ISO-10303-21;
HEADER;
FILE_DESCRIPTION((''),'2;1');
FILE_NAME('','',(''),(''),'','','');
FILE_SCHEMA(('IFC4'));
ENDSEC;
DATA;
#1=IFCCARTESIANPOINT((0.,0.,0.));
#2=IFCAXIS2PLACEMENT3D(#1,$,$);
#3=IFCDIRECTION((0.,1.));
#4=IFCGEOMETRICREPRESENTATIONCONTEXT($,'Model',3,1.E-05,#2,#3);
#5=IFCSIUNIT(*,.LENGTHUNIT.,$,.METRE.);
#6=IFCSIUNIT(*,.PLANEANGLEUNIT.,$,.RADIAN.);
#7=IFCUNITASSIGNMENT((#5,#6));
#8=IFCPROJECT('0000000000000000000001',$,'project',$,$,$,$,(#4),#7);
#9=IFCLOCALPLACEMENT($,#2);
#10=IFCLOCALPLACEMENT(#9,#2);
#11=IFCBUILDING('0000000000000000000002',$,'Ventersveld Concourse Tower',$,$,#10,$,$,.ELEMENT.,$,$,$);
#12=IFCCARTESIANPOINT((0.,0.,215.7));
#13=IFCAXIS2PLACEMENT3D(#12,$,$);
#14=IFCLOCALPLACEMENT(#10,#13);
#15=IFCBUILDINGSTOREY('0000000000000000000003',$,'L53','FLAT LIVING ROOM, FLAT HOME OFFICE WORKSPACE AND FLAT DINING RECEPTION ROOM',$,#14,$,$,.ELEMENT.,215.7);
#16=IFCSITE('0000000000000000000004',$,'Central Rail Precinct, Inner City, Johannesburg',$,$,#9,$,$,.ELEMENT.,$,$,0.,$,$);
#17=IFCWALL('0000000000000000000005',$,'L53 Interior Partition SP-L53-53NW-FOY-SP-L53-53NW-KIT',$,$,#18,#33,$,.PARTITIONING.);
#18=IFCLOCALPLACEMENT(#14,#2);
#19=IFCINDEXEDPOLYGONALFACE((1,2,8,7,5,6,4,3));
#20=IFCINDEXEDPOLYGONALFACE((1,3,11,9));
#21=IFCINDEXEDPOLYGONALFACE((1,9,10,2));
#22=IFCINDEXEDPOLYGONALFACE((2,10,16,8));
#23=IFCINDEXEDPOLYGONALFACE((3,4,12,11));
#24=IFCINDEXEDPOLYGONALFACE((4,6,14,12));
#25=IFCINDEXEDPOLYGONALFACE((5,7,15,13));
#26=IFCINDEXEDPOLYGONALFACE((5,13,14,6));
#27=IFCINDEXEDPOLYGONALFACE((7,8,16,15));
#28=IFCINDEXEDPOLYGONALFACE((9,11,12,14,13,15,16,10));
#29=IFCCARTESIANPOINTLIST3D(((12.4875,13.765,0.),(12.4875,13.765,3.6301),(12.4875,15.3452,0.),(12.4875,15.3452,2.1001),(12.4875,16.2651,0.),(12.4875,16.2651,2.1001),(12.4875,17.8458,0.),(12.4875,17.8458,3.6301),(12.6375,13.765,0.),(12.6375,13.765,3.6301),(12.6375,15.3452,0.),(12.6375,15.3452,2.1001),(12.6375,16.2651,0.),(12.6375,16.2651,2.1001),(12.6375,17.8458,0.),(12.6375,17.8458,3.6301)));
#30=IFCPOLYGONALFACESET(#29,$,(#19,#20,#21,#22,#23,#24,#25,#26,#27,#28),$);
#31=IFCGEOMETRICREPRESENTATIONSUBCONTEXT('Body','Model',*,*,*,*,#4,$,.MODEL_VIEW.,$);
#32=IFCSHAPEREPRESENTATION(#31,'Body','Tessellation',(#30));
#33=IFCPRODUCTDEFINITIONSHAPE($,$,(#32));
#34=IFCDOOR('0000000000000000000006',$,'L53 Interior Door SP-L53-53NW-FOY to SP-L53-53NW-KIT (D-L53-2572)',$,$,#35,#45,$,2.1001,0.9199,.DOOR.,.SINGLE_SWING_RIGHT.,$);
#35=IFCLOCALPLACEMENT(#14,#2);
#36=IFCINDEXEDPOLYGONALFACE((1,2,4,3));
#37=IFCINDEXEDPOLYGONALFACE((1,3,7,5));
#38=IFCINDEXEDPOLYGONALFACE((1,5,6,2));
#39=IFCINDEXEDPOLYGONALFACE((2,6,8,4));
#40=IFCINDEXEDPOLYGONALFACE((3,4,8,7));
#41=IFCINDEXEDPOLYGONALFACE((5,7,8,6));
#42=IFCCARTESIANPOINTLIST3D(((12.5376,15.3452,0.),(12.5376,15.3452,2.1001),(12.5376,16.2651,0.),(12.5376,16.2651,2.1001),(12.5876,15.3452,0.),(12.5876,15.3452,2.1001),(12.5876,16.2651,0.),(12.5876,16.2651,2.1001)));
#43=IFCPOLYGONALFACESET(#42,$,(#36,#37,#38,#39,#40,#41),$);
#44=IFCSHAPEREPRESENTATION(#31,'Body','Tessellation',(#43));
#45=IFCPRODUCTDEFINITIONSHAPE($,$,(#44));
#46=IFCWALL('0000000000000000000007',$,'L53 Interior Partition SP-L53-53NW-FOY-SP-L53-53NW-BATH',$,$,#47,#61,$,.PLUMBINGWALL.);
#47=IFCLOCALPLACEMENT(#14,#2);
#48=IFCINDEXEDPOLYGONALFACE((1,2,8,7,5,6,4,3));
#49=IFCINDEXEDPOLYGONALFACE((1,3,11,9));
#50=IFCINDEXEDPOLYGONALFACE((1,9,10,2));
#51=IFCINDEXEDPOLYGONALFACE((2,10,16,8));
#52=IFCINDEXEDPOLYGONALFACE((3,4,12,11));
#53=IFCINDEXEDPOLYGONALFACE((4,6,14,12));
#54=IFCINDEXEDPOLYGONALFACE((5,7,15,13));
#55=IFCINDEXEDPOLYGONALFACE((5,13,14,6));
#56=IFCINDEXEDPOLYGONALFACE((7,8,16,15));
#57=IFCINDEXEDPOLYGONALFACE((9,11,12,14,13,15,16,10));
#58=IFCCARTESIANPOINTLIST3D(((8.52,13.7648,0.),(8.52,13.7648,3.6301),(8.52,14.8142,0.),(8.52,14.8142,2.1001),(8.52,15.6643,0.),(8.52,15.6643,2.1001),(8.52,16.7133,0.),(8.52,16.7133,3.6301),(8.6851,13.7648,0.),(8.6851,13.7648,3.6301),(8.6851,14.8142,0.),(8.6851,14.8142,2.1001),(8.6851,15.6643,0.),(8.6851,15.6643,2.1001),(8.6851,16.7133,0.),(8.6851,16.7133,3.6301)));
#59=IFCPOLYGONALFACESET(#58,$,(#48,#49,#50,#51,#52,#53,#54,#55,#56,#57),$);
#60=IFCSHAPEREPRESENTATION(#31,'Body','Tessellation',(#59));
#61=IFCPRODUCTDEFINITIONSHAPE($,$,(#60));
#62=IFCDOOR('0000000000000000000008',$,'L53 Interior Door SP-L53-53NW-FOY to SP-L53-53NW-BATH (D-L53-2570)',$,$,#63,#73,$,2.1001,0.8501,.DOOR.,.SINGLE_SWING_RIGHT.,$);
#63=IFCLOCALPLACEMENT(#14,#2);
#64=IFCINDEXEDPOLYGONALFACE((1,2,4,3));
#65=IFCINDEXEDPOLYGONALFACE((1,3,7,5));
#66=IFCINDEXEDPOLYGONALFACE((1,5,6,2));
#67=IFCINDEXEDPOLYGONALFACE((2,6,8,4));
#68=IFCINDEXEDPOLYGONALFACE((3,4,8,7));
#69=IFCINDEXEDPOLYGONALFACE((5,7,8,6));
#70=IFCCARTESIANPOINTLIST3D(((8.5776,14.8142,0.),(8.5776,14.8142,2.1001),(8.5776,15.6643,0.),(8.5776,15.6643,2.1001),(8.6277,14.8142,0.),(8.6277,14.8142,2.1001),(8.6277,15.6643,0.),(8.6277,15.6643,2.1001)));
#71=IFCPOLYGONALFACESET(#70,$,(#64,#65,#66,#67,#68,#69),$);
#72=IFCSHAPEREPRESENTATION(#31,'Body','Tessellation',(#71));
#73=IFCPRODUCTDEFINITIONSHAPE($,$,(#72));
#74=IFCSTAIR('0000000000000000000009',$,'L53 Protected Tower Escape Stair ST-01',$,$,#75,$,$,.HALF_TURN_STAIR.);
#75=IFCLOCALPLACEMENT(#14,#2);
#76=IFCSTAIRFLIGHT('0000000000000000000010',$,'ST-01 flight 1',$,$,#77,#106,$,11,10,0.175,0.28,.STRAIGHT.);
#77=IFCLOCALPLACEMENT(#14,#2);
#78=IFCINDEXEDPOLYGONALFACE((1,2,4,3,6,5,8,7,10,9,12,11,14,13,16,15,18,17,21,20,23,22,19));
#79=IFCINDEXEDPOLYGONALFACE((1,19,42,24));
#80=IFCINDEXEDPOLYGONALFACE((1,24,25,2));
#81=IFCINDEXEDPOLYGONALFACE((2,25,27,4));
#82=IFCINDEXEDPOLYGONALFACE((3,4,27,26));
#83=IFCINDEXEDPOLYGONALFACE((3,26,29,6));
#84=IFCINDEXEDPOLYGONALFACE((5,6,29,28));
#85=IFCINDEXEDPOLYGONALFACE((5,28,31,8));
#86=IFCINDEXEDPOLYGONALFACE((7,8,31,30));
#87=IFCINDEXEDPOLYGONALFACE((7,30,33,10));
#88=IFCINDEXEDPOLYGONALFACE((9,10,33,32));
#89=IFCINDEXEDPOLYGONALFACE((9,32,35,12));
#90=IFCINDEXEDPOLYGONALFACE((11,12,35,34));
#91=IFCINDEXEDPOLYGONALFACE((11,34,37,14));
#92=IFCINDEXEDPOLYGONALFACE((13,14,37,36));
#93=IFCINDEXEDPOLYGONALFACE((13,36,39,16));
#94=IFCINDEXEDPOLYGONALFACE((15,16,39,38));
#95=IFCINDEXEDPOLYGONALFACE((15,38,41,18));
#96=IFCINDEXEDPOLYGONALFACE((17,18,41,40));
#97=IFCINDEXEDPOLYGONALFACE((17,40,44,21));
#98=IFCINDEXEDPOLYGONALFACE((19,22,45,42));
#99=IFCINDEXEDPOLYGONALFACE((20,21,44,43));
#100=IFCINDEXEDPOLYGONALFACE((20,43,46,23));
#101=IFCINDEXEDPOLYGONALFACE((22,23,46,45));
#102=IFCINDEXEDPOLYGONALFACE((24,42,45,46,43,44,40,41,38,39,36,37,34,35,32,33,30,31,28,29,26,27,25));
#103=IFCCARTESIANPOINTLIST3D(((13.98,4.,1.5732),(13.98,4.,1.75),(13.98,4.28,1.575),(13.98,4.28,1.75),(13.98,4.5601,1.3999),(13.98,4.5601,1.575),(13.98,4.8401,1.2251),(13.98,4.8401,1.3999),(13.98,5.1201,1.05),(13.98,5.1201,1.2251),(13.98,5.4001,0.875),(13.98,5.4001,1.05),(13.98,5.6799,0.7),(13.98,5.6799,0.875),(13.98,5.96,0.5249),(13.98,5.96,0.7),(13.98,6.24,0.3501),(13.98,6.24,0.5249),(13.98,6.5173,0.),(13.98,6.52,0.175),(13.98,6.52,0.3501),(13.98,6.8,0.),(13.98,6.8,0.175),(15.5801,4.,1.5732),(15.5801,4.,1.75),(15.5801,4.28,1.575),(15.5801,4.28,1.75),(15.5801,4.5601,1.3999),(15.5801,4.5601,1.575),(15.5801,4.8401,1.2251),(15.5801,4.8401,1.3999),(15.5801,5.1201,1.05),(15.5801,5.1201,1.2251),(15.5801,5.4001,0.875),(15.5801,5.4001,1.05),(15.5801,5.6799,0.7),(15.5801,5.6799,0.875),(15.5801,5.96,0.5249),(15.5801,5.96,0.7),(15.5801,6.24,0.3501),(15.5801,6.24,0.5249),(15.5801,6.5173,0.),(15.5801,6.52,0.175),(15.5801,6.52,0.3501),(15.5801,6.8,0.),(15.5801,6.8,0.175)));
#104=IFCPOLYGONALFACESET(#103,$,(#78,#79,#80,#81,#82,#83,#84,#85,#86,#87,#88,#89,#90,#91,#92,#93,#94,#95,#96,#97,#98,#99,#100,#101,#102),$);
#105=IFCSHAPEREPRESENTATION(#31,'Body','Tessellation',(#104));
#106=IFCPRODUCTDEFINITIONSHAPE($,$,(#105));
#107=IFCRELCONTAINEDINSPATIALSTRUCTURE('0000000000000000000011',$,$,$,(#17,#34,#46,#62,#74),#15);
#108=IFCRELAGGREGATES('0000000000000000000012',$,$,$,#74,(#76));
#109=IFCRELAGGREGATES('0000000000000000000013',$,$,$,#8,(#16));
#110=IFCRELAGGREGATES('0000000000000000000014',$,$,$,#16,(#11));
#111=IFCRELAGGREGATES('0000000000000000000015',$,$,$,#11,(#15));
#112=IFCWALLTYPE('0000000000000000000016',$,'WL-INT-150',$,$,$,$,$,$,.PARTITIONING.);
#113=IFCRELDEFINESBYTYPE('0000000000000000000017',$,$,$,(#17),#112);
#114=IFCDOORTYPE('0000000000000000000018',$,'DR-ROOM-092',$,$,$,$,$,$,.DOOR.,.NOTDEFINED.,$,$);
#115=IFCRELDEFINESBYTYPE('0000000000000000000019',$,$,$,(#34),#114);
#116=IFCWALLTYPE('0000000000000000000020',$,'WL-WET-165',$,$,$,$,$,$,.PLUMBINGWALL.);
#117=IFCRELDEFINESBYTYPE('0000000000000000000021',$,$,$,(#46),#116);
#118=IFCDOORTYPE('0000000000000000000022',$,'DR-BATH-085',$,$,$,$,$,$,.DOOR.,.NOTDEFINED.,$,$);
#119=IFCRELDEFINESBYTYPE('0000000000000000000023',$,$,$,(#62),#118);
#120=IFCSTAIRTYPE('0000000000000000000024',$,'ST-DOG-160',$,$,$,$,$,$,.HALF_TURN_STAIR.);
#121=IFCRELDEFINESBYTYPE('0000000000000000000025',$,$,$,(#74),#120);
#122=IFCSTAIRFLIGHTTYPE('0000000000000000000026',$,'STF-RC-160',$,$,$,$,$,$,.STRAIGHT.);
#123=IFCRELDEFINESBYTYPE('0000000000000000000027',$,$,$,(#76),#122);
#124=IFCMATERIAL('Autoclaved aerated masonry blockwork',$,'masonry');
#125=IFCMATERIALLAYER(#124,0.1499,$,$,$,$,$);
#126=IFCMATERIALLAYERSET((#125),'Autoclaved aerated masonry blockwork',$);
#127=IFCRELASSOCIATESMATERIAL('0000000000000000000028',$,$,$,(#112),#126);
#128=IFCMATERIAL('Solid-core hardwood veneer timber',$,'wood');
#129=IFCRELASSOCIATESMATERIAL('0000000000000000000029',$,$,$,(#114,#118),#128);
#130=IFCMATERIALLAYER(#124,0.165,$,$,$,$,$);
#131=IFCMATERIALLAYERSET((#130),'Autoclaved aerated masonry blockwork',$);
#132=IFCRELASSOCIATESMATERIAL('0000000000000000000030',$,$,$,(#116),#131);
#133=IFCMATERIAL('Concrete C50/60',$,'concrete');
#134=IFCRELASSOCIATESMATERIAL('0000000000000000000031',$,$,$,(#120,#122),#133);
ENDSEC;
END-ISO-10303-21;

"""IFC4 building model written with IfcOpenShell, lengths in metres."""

from ifc_helpers import new_model, si_unit, direction, frame, frame_2d, origin, place, context, subcontext, project, spatial, polyline, rectangle, outline, extrude, material, layer, layer_set, type_object, element, fill, aggregate, save


model = new_model("IFC4")

# Units and contexts
model_context = context("Model", 3, precision=1e-05, world=origin(), true_north=direction((0.0, 1.0)))
body_context = subcontext(model_context, "Body", "Model", "MODEL_VIEW")
ifc_project = project(units=[si_unit("LENGTHUNIT", "METRE"), si_unit("PLANEANGLEUNIT", "RADIAN")], contexts=[model_context])

# Site, building, storey
site_placement = place(None, origin())
site = spatial("IfcSite", under=ifc_project, at=site_placement, Name="Central Rail Precinct, Inner City, Johannesburg", CompositionType="ELEMENT", RefElevation=0.0)
building_placement = place(site_placement, origin())
building = spatial("IfcBuilding", under=site, at=building_placement, Name="Ventersveld Concourse Tower", CompositionType="ELEMENT")
storey_placement = place(building_placement, frame((0.0, 0.0, 215.7)))
storey = spatial("IfcBuildingStorey", under=building, at=storey_placement, Name="L53", Description="FLAT LIVING ROOM, FLAT HOME OFFICE WORKSPACE AND FLAT DINING RECEPTION ROOM", CompositionType="ELEMENT", Elevation=215.7)

# Shared definitions
ifc_material_1 = material(Name="Concrete C50/60", Category="concrete")

# Walls, openings, doors
ifc_material_2 = material(Name="Autoclaved aerated masonry blockwork", Category="masonry")
ifc_layer_1 = layer(ifc_material_2, 0.1499)
ifc_layer_set_1 = layer_set([ifc_layer_1], Name="Autoclaved aerated masonry blockwork")
wall_type_1 = type_object("IfcWallType", Name="WL-INT-150", PredefinedType="PARTITIONING", material=ifc_layer_set_1)
wall_1_placement = place(storey_placement, frame((12.5625, 13.7649, 0.0), z_axis=(0.0, 0.0, 1.0), x_axis=(0.0, 1.0, 0.0)))
wall_1 = element("IfcWall", 1, at=wall_1_placement, inside=storey, type_object=wall_type_1, Name="L53 Interior Partition SP-L53-53NW-FOY-SP-L53-53NW-KIT", PredefinedType="PARTITIONING", context=body_context, shape_type="SweptSolid", body=[
    extrude(rectangle(XDim=4.0808, YDim=0.1499, at=frame_2d((2.0405, 0.0))), origin(), (0.0, 0.0, 1.0), 3.6301),
])
opening_1_placement = place(wall_1_placement, frame((1.5803, 0.0, 0.0)))
opening_1 = element("IfcOpeningElement", 2, at=opening_1_placement, cuts=wall_1, PredefinedType="OPENING", context=body_context, shape_type="SweptSolid", body=[
    extrude(rectangle(XDim=0.9199, YDim=2.1001, at=frame_2d((0.46, 1.05))), frame((0.0, 0.085, 0.0), z_axis=(0.0, -1.0, 0.0), x_axis=(1.0, 0.0, 0.0)), (0.0, 0.0, 1.0), 0.1699),
])
ifc_material_3 = material(Name="Solid-core hardwood veneer timber", Category="wood")
door_type_1 = type_object("IfcDoorType", Name="DR-ROOM-092", OperationType="NOTDEFINED", PredefinedType="DOOR", material=ifc_material_3)
door_1_placement = place(opening_1_placement, origin())
door_1 = element("IfcDoor", 3, at=door_1_placement, inside=storey, type_object=door_type_1, Name="L53 Interior Door SP-L53-53NW-FOY to SP-L53-53NW-KIT (D-L53-2572)", OperationType="SINGLE_SWING_RIGHT", OverallHeight=2.1001, OverallWidth=0.9199, PredefinedType="DOOR", context=body_context, shape_type="SweptSolid", body=[
    extrude(rectangle(XDim=0.9199, YDim=2.1001, at=frame_2d((0.46, 1.05))), frame((0.0, 0.0249, 0.0), z_axis=(0.0, -1.0, 0.0), x_axis=(1.0, 0.0, 0.0)), (0.0, 0.0, 1.0), 0.05),
])
fill(opening_1, door_1)
ifc_layer_2 = layer(ifc_material_2, 0.165)
ifc_layer_set_2 = layer_set([ifc_layer_2], Name="Autoclaved aerated masonry blockwork")
wall_type_2 = type_object("IfcWallType", Name="WL-WET-165", PredefinedType="PLUMBINGWALL", material=ifc_layer_set_2)
wall_2_placement = place(storey_placement, frame((8.6025, 13.7649, 0.0), z_axis=(0.0, 0.0, 1.0), x_axis=(0.0, 1.0, 0.0)))
wall_2 = element("IfcWall", 4, at=wall_2_placement, inside=storey, type_object=wall_type_2, Name="L53 Interior Partition SP-L53-53NW-FOY-SP-L53-53NW-BATH", PredefinedType="PLUMBINGWALL", context=body_context, shape_type="SweptSolid", body=[
    extrude(rectangle(XDim=2.9485, YDim=0.165, at=frame_2d((1.4741, 0.0))), origin(), (0.0, 0.0, 1.0), 3.6301),
])
opening_2_placement = place(wall_2_placement, frame((1.0493, 0.0, 0.0)))
opening_2 = element("IfcOpeningElement", 5, at=opening_2_placement, cuts=wall_2, PredefinedType="OPENING", context=body_context, shape_type="SweptSolid", body=[
    extrude(rectangle(XDim=0.8501, YDim=2.1001, at=frame_2d((0.425, 1.05))), frame((0.0, 0.0925, 0.0), z_axis=(0.0, -1.0, 0.0), x_axis=(1.0, 0.0, 0.0)), (0.0, 0.0, 1.0), 0.1851),
])
door_type_2 = type_object("IfcDoorType", Name="DR-BATH-085", OperationType="NOTDEFINED", PredefinedType="DOOR", material=ifc_material_3)
door_2_placement = place(opening_2_placement, origin())
door_2 = element("IfcDoor", 6, at=door_2_placement, inside=storey, type_object=door_type_2, Name="L53 Interior Door SP-L53-53NW-FOY to SP-L53-53NW-BATH (D-L53-2570)", OperationType="SINGLE_SWING_RIGHT", OverallHeight=2.1001, OverallWidth=0.8501, PredefinedType="DOOR", context=body_context, shape_type="SweptSolid", body=[
    extrude(rectangle(XDim=0.8501, YDim=2.1001, at=frame_2d((0.425, 1.05))), frame((0.0, 0.0249, 0.0), z_axis=(0.0, -1.0, 0.0), x_axis=(1.0, 0.0, 0.0)), (0.0, 0.0, 1.0), 0.05),
])
fill(opening_2, door_2)

# Stair, stair flight
stair_type = type_object("IfcStairType", Name="ST-DOG-160", PredefinedType="HALF_TURN_STAIR", material=ifc_material_1)
stair_placement = place(storey_placement, origin())
stair = element("IfcStair", 7, at=stair_placement, inside=storey, type_object=stair_type, Name="L53 Protected Tower Escape Stair ST-01", PredefinedType="HALF_TURN_STAIR")
stair_flight_type = type_object("IfcStairFlightType", Name="STF-RC-160", PredefinedType="STRAIGHT", material=ifc_material_1)
stair_flight_placement = place(storey_placement, frame((14.78, 6.8, 0.0), z_axis=(0.0, 0.0, 1.0), x_axis=(0.0, -1.0, 0.0)))
stair_flight = element("IfcStairFlight", 8, at=stair_flight_placement, type_object=stair_flight_type, Name="ST-01 flight 1", NumberOfRisers=11, NumberOfTreads=10, PredefinedType="STRAIGHT", RiserHeight=0.175, TreadLength=0.28, context=body_context, shape_type="SweptSolid", body=[
    extrude(outline(polyline([(0.0, 0.0), (0.0, 0.175), (0.28, 0.175), (0.28, 0.3501), (0.5601, 0.3501), (0.5601, 0.5249), (0.8401, 0.5249), (0.8401, 0.7), (1.1201, 0.7), (1.1201, 0.875), (1.3999, 0.875), (1.3999, 1.05), (1.6799, 1.05), (1.6799, 1.2251), (1.96, 1.2251), (1.96, 1.3999), (2.24, 1.3999), (2.24, 1.575), (2.52, 1.575), (2.52, 1.75), (2.8, 1.75), (2.8, 1.925), (2.8, 1.5732), (0.2827, 0.0), (0.0, 0.0)])), frame((0.0, 0.8, 0.0), z_axis=(0.0, -1.0, 0.0), x_axis=(1.0, 0.0, 0.0)), (0.0, 0.0, 1.0), 1.6001),
])
aggregate(stair, [stair_flight])

save(model, "model.ifc")
